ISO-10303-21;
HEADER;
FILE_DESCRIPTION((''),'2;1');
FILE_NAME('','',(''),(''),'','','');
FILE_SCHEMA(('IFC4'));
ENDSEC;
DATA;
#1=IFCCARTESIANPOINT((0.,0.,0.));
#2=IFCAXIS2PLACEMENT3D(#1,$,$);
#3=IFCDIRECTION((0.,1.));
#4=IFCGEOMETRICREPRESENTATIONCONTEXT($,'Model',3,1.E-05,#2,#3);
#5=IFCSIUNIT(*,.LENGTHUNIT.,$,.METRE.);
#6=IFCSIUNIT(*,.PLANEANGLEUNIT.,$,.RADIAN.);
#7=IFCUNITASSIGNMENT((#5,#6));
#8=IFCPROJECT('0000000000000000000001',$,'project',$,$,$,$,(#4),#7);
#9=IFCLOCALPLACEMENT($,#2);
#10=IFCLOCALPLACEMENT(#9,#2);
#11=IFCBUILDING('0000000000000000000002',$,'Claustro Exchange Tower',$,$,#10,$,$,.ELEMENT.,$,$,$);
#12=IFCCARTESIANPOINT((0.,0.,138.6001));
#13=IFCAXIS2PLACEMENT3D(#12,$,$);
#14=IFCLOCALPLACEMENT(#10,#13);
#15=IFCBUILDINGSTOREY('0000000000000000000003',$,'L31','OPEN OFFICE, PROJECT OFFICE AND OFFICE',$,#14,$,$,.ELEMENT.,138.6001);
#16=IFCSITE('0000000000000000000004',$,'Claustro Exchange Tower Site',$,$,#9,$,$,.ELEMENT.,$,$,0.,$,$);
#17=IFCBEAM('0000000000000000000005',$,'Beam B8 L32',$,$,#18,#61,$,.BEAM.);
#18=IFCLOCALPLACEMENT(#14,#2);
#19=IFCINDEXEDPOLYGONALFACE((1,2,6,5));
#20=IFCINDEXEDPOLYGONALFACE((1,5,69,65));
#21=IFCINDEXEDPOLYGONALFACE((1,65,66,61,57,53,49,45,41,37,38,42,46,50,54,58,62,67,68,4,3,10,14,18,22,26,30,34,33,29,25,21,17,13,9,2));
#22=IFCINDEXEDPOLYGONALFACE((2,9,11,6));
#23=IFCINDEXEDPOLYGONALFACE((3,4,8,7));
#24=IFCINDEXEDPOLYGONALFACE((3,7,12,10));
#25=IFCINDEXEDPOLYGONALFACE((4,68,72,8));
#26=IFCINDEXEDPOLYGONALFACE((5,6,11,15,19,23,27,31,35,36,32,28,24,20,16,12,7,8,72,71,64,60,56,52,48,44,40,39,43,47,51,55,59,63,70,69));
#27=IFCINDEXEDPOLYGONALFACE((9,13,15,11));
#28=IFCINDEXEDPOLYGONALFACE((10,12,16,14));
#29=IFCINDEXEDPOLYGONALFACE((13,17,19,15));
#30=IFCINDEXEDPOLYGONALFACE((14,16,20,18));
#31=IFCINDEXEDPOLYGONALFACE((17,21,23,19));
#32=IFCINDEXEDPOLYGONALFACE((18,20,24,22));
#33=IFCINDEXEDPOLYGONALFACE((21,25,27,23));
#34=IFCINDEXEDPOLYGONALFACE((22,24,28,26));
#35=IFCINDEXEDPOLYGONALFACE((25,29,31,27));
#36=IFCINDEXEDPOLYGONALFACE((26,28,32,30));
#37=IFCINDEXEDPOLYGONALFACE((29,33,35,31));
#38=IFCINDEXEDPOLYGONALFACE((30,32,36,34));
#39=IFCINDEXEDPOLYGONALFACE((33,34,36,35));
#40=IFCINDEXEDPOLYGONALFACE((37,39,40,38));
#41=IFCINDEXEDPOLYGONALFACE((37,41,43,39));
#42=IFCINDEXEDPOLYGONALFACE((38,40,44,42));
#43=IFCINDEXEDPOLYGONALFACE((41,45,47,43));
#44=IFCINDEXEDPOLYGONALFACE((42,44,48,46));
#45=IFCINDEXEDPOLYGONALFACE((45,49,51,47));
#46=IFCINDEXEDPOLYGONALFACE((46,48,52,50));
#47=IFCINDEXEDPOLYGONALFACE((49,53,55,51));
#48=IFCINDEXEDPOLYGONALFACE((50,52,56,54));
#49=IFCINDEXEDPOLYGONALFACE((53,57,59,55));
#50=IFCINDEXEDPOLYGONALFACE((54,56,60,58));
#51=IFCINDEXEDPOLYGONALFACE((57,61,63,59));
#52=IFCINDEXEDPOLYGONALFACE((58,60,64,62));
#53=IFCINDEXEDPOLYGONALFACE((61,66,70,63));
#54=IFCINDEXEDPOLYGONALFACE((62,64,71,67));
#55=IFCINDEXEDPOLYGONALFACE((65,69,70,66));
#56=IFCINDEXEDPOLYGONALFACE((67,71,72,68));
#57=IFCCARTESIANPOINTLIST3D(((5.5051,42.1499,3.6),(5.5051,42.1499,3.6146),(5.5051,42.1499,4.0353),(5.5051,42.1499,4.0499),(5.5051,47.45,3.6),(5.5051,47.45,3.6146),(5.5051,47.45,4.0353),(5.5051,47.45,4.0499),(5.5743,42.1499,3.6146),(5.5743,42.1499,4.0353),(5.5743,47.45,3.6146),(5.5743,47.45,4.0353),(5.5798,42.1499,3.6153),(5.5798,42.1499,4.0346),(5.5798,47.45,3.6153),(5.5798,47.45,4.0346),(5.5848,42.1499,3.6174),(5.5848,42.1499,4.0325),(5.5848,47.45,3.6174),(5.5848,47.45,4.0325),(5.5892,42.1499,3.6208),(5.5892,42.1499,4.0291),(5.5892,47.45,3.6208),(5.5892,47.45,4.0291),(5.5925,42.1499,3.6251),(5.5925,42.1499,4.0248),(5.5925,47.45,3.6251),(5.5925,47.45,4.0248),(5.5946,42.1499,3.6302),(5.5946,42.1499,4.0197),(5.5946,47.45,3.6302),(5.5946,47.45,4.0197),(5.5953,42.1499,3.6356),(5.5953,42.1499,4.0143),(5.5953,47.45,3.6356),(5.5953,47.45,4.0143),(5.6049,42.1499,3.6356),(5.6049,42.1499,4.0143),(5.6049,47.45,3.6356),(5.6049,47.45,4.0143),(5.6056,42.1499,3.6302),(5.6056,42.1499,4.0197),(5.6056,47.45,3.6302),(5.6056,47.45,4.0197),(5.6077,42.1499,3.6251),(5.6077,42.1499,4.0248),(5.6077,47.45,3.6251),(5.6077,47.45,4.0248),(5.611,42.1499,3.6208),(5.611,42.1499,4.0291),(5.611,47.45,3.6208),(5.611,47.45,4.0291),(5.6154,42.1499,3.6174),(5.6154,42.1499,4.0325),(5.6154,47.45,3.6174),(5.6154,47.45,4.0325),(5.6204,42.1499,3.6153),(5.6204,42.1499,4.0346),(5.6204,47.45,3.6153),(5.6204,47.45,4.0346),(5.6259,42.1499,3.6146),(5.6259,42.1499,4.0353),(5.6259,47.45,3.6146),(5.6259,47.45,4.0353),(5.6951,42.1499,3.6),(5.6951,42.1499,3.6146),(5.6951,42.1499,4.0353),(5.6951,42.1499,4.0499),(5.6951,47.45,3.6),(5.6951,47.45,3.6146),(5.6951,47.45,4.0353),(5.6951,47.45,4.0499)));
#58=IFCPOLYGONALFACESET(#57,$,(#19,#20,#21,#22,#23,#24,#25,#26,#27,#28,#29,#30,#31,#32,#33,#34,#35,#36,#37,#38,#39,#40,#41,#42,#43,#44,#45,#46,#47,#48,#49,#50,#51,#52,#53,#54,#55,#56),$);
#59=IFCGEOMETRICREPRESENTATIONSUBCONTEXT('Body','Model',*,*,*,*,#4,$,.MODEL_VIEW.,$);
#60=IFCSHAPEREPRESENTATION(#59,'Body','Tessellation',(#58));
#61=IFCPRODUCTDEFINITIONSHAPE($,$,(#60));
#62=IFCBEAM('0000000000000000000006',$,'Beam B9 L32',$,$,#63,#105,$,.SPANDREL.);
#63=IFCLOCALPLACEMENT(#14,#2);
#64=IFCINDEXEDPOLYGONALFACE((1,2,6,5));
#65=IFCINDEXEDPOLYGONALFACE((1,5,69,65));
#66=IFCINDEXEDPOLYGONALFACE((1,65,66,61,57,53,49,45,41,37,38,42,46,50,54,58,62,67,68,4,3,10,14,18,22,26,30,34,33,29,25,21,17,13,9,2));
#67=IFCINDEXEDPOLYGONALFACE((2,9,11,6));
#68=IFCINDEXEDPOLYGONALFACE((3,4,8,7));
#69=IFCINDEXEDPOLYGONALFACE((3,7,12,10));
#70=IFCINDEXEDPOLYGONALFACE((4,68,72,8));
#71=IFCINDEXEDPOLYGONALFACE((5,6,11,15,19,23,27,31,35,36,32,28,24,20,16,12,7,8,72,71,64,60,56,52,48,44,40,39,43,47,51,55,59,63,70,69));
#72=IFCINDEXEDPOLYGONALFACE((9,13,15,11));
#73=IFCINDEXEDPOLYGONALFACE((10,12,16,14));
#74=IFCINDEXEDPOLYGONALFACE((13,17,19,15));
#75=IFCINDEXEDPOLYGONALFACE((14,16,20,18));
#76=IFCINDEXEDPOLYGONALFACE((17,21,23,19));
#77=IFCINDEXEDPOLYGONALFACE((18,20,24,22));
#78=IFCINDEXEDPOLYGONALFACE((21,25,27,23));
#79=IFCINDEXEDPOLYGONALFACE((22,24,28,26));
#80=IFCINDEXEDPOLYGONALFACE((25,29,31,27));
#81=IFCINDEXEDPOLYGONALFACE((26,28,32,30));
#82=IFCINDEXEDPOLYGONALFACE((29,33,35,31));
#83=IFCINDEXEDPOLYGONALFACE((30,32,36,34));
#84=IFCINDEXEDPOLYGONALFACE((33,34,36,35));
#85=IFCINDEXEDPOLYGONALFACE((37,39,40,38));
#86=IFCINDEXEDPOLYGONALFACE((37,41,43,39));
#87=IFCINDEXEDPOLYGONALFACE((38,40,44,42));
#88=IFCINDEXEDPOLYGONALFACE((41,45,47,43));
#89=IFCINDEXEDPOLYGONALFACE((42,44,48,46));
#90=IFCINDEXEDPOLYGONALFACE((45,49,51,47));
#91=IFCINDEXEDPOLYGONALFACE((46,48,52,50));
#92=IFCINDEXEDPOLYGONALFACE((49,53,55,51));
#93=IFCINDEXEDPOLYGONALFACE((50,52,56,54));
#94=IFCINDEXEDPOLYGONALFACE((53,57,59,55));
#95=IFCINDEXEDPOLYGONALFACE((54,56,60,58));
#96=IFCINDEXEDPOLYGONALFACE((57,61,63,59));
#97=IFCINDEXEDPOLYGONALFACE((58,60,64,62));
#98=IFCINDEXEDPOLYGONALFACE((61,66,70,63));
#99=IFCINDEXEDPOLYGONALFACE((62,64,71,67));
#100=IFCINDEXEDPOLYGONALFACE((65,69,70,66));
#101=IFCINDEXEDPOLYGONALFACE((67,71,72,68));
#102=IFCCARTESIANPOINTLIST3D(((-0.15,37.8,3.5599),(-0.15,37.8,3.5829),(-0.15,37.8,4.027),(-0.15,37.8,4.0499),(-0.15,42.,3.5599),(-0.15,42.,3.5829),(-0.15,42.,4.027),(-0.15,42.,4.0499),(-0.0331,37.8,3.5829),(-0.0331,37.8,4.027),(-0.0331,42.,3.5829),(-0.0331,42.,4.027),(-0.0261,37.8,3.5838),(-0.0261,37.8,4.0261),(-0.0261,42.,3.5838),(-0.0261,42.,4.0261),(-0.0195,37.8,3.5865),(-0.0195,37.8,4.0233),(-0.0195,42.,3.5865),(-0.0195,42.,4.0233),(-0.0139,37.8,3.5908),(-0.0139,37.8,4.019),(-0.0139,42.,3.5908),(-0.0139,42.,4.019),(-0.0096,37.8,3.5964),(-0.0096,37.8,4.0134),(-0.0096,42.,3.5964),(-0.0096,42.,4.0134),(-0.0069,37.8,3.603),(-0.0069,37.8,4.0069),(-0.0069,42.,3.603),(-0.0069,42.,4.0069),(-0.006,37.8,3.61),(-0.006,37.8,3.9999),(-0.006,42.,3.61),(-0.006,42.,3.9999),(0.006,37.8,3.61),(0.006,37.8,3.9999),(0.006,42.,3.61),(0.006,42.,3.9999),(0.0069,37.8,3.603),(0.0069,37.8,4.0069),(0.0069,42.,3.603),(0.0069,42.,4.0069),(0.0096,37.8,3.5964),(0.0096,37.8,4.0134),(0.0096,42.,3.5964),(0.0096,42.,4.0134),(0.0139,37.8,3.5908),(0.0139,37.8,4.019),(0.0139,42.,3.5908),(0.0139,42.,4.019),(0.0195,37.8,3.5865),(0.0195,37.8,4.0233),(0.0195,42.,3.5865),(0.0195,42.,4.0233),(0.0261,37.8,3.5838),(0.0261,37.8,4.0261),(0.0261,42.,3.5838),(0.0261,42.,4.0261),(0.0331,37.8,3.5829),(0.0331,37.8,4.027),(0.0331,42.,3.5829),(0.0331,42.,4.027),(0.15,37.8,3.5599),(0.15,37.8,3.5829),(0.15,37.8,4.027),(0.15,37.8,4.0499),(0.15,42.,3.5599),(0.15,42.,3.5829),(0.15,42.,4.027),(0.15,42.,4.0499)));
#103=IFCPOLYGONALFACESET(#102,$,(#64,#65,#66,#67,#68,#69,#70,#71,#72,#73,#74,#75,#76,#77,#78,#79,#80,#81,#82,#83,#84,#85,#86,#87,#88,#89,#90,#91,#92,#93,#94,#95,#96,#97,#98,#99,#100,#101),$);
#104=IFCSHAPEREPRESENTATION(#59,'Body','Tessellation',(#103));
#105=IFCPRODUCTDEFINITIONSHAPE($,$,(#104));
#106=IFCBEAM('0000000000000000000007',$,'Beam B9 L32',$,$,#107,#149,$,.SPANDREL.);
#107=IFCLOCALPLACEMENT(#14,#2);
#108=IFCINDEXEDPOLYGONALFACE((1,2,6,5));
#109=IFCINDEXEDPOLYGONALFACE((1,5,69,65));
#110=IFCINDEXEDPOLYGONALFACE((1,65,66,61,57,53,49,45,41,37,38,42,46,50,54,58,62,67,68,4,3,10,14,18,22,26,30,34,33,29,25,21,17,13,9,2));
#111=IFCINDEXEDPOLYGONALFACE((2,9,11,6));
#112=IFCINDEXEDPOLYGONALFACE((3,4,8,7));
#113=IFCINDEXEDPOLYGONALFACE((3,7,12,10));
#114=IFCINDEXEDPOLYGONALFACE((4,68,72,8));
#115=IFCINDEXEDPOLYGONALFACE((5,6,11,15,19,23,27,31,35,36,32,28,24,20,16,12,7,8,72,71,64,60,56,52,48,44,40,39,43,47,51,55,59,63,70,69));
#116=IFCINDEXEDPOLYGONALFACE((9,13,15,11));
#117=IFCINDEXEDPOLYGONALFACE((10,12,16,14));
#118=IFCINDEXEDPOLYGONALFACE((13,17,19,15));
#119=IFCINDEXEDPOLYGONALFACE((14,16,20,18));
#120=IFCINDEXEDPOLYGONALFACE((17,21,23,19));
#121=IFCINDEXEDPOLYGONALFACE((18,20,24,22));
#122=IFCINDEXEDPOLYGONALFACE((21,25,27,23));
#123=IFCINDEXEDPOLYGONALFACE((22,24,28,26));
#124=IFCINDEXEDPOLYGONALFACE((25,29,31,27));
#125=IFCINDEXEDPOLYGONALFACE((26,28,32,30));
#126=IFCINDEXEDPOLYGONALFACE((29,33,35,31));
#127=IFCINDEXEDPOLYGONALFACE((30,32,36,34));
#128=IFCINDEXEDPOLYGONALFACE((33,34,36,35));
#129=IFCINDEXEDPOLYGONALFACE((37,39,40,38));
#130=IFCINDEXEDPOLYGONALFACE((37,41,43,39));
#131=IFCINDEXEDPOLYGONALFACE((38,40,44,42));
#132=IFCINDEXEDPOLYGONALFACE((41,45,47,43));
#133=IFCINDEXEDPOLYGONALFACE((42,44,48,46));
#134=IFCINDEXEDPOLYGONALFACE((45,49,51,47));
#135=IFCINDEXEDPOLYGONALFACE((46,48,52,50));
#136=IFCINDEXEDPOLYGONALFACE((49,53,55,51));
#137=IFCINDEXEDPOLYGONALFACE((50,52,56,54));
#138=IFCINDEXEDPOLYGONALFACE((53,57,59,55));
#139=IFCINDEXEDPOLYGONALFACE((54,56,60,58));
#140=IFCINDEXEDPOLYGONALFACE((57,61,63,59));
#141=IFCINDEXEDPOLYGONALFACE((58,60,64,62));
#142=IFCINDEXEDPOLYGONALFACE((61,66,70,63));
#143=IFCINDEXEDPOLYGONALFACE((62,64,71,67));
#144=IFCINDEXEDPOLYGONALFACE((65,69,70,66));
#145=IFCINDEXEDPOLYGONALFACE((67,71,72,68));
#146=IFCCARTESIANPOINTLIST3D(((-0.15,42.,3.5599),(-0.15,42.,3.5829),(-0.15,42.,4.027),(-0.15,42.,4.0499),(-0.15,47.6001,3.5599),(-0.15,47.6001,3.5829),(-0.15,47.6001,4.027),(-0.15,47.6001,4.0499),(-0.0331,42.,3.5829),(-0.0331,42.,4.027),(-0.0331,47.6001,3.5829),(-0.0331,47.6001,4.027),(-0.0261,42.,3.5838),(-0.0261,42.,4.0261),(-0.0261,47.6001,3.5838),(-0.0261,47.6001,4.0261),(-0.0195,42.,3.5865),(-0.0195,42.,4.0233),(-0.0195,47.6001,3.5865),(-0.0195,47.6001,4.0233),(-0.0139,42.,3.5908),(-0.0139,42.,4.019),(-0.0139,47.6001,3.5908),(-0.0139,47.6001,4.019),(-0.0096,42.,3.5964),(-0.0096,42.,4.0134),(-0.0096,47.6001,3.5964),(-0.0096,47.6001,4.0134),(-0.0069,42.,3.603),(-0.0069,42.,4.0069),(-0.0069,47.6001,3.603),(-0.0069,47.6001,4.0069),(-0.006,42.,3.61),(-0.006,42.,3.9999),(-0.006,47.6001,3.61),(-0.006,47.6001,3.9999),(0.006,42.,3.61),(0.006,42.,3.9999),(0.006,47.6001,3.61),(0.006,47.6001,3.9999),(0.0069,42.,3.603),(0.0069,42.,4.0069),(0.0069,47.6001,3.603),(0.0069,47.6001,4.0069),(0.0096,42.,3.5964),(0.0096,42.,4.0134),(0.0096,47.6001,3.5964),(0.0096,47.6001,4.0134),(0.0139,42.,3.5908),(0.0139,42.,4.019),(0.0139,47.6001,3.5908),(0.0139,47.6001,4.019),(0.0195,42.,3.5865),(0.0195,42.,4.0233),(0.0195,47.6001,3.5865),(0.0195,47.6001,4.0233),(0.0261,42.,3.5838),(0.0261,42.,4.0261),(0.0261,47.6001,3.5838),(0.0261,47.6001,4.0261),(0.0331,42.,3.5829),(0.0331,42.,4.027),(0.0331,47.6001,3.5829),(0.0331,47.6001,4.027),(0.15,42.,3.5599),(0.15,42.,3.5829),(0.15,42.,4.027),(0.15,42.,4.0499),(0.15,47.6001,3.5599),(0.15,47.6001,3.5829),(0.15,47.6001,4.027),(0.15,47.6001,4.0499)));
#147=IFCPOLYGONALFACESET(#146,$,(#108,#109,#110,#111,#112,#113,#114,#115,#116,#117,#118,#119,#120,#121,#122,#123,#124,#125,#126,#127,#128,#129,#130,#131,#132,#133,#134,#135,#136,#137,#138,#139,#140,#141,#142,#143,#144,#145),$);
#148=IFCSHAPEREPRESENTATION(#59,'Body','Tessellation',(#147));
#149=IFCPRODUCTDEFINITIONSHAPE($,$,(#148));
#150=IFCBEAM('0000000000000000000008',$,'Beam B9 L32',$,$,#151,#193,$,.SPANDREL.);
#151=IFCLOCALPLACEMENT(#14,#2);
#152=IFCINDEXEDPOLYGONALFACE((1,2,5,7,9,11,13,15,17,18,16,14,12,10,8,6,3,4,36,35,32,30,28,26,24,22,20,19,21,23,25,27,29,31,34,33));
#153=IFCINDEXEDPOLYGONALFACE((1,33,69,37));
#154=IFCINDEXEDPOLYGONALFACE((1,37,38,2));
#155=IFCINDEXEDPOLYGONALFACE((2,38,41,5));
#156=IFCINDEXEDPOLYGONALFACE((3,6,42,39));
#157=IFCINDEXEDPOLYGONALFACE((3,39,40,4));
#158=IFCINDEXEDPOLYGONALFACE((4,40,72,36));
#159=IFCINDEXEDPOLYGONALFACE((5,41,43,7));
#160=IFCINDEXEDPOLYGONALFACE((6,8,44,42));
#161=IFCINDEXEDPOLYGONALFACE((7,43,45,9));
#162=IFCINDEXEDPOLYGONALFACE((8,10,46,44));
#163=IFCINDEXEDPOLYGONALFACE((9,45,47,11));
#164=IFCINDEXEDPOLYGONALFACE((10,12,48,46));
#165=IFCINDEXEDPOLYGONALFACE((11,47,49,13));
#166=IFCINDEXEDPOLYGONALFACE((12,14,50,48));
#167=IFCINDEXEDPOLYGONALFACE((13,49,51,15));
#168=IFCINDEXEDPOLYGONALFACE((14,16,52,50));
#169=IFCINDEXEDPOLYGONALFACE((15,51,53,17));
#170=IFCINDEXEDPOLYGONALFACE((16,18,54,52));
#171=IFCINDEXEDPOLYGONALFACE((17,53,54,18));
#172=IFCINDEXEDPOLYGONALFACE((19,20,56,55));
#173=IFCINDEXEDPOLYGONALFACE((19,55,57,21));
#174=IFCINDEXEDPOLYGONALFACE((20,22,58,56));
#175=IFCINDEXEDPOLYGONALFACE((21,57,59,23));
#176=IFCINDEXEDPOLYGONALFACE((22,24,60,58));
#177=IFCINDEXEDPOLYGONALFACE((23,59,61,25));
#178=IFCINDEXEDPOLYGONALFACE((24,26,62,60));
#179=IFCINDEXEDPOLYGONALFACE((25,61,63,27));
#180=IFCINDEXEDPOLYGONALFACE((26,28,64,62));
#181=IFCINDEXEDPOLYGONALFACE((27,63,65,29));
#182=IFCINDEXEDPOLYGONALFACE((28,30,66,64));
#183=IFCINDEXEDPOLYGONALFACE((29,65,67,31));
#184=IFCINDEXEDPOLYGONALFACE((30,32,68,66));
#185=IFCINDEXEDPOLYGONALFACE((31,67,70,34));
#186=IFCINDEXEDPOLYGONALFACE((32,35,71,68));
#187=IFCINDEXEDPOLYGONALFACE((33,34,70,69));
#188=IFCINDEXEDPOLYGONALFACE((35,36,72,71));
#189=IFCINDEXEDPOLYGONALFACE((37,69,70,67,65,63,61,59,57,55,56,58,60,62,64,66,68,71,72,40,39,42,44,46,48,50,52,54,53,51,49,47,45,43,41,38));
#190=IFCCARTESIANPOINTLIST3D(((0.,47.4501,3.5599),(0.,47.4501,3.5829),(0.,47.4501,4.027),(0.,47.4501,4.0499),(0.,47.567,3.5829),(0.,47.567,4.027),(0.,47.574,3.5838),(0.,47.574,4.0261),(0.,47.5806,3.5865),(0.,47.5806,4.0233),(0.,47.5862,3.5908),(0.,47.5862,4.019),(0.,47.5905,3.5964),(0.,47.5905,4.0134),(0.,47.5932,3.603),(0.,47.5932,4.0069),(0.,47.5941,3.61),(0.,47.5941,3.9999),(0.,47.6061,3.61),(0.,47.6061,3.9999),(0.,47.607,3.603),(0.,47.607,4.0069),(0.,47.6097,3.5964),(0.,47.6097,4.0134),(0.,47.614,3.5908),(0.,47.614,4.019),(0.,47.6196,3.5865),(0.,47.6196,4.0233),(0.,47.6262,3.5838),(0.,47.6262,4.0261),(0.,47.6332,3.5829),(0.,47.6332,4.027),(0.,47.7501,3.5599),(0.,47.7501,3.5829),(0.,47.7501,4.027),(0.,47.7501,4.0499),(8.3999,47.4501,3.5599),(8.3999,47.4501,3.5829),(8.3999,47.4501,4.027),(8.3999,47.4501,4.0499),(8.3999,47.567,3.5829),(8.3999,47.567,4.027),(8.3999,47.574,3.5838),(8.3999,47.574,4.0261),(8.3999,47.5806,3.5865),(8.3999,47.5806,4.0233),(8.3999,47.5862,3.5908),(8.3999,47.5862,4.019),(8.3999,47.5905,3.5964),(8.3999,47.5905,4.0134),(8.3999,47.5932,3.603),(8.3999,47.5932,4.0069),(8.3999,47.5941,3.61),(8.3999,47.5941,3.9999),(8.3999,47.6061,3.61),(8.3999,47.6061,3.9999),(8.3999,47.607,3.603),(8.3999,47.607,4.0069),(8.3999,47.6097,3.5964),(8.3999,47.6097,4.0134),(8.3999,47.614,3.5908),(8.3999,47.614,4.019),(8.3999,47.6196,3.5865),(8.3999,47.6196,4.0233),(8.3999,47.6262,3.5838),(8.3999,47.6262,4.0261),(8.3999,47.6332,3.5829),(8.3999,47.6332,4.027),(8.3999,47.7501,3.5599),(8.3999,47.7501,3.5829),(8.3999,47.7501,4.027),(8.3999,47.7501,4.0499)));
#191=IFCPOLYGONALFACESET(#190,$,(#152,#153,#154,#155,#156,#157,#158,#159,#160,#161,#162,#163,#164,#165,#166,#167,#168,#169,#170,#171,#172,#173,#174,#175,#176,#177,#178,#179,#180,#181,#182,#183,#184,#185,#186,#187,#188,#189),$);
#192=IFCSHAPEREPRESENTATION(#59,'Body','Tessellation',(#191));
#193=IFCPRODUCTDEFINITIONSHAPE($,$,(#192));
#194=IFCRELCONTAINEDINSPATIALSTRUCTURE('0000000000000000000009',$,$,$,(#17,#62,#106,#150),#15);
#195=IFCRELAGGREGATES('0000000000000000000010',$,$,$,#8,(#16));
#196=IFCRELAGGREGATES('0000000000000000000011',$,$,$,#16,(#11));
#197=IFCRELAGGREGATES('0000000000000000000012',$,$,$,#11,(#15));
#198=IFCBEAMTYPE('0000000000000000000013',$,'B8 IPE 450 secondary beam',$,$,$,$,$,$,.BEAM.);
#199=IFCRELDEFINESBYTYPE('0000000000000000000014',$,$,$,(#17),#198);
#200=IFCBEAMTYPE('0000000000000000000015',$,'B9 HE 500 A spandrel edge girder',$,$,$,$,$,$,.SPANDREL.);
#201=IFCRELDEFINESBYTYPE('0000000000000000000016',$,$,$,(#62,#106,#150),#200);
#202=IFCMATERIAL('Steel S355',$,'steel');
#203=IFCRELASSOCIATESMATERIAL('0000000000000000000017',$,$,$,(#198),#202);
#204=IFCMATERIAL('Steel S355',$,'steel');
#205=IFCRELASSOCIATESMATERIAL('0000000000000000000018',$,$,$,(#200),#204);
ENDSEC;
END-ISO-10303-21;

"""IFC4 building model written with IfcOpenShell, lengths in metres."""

from ifc_helpers import new_model, si_unit, direction, frame, origin, origin_2d, place, context, subcontext, project, spatial, i_section, extrude, material, material_profile, profile_set, type_object, element, save


model = new_model("IFC4")

# Units and contexts
model_context = context("Model", 3, precision=1e-05, world=origin(), true_north=direction((0.0, 1.0)))
body_context = subcontext(model_context, "Body", "Model", "MODEL_VIEW")
ifc_project = project(units=[si_unit("LENGTHUNIT", "METRE"), si_unit("PLANEANGLEUNIT", "RADIAN")], contexts=[model_context])

# Site, building, storey
site_placement = place(None, origin())
site = spatial("IfcSite", under=ifc_project, at=site_placement, Name="Claustro Exchange Tower Site", CompositionType="ELEMENT", RefElevation=0.0)
building_placement = place(site_placement, origin())
building = spatial("IfcBuilding", under=site, at=building_placement, Name="Claustro Exchange Tower", CompositionType="ELEMENT")
storey_placement = place(building_placement, frame((0.0, 0.0, 138.6001)))
storey = spatial("IfcBuildingStorey", under=building, at=storey_placement, Name="L31", Description="OPEN OFFICE, PROJECT OFFICE AND OFFICE", CompositionType="ELEMENT", Elevation=138.6001)

# Beams
ifc_material_1 = material(Name="Steel S355", Category="steel")
ifc_material_profile_1 = material_profile(ifc_material_1, i_section(OverallWidth=0.1899, OverallDepth=0.45, WebThickness=0.0095, FlangeThickness=0.0146, FilletRadius=0.021, at=origin_2d()), Name="IPE 450")
ifc_profile_set_1 = profile_set([ifc_material_profile_1], Name="Steel S355")
beam_type_1 = type_object("IfcBeamType", Name="B8 IPE 450 secondary beam", PredefinedType="BEAM", material=ifc_profile_set_1)
for number, where, z_axis, x_axis, name in (
    (1, (5.6001, 42.1499, 3.825), (0.0, 1.0, 0.0), (-1.0, 0.0, 0.0), "Beam B8 L32"),
):
    element("IfcBeam", number, at=place(storey_placement, frame(where, z_axis=z_axis, x_axis=x_axis)), inside=storey, type_object=beam_type_1, Name=name, PredefinedType="BEAM", context=body_context, shape_type="SweptSolid", body=[
        extrude(i_section(OverallWidth=0.1899, OverallDepth=0.45, WebThickness=0.0095, FlangeThickness=0.0146, FilletRadius=0.021, at=origin_2d()), origin(), (0.0, 0.0, 1.0), 5.3),
    ])
ifc_material_2 = material(Name="Steel S355", Category="steel")
ifc_material_profile_2 = material_profile(ifc_material_2, i_section(OverallWidth=0.3, OverallDepth=0.49, WebThickness=0.012, FlangeThickness=0.0229, FilletRadius=0.0271, at=origin_2d()), Name="HE 500 A")
ifc_profile_set_2 = profile_set([ifc_material_profile_2], Name="Steel S355")
beam_type_2 = type_object("IfcBeamType", Name="B9 HE 500 A spandrel edge girder", PredefinedType="SPANDREL", material=ifc_profile_set_2)
beam_1_placement = place(storey_placement, frame((0.0, 37.8, 3.8049), z_axis=(0.0, 1.0, 0.0), x_axis=(-1.0, 0.0, 0.0)))
element("IfcBeam", 2, at=beam_1_placement, inside=storey, type_object=beam_type_2, Name="Beam B9 L32", PredefinedType="SPANDREL", context=body_context, shape_type="SweptSolid", body=[
    extrude(i_section(OverallWidth=0.3, OverallDepth=0.49, WebThickness=0.012, FlangeThickness=0.0229, FilletRadius=0.0271, at=origin_2d()), origin(), (0.0, 0.0, 1.0), 4.2),
])
beam_2_placement = place(storey_placement, frame((0.0, 42.0, 3.8049), z_axis=(0.0, 1.0, 0.0), x_axis=(-1.0, 0.0, 0.0)))
element("IfcBeam", 3, at=beam_2_placement, inside=storey, type_object=beam_type_2, Name="Beam B9 L32", PredefinedType="SPANDREL", context=body_context, shape_type="SweptSolid", body=[
    extrude(i_section(OverallWidth=0.3, OverallDepth=0.49, WebThickness=0.012, FlangeThickness=0.0229, FilletRadius=0.0271, at=origin_2d()), origin(), (0.0, 0.0, 1.0), 5.6001),
])
beam_3_placement = place(storey_placement, frame((0.0, 47.6001, 3.8049), z_axis=(1.0, 0.0, 0.0), x_axis=(0.0, 1.0, 0.0)))
element("IfcBeam", 4, at=beam_3_placement, inside=storey, type_object=beam_type_2, Name="Beam B9 L32", PredefinedType="SPANDREL", context=body_context, shape_type="SweptSolid", body=[
    extrude(i_section(OverallWidth=0.3, OverallDepth=0.49, WebThickness=0.012, FlangeThickness=0.0229, FilletRadius=0.0271, at=origin_2d()), origin(), (0.0, 0.0, 1.0), 8.3999),
])

save(model, "model.ifc")
